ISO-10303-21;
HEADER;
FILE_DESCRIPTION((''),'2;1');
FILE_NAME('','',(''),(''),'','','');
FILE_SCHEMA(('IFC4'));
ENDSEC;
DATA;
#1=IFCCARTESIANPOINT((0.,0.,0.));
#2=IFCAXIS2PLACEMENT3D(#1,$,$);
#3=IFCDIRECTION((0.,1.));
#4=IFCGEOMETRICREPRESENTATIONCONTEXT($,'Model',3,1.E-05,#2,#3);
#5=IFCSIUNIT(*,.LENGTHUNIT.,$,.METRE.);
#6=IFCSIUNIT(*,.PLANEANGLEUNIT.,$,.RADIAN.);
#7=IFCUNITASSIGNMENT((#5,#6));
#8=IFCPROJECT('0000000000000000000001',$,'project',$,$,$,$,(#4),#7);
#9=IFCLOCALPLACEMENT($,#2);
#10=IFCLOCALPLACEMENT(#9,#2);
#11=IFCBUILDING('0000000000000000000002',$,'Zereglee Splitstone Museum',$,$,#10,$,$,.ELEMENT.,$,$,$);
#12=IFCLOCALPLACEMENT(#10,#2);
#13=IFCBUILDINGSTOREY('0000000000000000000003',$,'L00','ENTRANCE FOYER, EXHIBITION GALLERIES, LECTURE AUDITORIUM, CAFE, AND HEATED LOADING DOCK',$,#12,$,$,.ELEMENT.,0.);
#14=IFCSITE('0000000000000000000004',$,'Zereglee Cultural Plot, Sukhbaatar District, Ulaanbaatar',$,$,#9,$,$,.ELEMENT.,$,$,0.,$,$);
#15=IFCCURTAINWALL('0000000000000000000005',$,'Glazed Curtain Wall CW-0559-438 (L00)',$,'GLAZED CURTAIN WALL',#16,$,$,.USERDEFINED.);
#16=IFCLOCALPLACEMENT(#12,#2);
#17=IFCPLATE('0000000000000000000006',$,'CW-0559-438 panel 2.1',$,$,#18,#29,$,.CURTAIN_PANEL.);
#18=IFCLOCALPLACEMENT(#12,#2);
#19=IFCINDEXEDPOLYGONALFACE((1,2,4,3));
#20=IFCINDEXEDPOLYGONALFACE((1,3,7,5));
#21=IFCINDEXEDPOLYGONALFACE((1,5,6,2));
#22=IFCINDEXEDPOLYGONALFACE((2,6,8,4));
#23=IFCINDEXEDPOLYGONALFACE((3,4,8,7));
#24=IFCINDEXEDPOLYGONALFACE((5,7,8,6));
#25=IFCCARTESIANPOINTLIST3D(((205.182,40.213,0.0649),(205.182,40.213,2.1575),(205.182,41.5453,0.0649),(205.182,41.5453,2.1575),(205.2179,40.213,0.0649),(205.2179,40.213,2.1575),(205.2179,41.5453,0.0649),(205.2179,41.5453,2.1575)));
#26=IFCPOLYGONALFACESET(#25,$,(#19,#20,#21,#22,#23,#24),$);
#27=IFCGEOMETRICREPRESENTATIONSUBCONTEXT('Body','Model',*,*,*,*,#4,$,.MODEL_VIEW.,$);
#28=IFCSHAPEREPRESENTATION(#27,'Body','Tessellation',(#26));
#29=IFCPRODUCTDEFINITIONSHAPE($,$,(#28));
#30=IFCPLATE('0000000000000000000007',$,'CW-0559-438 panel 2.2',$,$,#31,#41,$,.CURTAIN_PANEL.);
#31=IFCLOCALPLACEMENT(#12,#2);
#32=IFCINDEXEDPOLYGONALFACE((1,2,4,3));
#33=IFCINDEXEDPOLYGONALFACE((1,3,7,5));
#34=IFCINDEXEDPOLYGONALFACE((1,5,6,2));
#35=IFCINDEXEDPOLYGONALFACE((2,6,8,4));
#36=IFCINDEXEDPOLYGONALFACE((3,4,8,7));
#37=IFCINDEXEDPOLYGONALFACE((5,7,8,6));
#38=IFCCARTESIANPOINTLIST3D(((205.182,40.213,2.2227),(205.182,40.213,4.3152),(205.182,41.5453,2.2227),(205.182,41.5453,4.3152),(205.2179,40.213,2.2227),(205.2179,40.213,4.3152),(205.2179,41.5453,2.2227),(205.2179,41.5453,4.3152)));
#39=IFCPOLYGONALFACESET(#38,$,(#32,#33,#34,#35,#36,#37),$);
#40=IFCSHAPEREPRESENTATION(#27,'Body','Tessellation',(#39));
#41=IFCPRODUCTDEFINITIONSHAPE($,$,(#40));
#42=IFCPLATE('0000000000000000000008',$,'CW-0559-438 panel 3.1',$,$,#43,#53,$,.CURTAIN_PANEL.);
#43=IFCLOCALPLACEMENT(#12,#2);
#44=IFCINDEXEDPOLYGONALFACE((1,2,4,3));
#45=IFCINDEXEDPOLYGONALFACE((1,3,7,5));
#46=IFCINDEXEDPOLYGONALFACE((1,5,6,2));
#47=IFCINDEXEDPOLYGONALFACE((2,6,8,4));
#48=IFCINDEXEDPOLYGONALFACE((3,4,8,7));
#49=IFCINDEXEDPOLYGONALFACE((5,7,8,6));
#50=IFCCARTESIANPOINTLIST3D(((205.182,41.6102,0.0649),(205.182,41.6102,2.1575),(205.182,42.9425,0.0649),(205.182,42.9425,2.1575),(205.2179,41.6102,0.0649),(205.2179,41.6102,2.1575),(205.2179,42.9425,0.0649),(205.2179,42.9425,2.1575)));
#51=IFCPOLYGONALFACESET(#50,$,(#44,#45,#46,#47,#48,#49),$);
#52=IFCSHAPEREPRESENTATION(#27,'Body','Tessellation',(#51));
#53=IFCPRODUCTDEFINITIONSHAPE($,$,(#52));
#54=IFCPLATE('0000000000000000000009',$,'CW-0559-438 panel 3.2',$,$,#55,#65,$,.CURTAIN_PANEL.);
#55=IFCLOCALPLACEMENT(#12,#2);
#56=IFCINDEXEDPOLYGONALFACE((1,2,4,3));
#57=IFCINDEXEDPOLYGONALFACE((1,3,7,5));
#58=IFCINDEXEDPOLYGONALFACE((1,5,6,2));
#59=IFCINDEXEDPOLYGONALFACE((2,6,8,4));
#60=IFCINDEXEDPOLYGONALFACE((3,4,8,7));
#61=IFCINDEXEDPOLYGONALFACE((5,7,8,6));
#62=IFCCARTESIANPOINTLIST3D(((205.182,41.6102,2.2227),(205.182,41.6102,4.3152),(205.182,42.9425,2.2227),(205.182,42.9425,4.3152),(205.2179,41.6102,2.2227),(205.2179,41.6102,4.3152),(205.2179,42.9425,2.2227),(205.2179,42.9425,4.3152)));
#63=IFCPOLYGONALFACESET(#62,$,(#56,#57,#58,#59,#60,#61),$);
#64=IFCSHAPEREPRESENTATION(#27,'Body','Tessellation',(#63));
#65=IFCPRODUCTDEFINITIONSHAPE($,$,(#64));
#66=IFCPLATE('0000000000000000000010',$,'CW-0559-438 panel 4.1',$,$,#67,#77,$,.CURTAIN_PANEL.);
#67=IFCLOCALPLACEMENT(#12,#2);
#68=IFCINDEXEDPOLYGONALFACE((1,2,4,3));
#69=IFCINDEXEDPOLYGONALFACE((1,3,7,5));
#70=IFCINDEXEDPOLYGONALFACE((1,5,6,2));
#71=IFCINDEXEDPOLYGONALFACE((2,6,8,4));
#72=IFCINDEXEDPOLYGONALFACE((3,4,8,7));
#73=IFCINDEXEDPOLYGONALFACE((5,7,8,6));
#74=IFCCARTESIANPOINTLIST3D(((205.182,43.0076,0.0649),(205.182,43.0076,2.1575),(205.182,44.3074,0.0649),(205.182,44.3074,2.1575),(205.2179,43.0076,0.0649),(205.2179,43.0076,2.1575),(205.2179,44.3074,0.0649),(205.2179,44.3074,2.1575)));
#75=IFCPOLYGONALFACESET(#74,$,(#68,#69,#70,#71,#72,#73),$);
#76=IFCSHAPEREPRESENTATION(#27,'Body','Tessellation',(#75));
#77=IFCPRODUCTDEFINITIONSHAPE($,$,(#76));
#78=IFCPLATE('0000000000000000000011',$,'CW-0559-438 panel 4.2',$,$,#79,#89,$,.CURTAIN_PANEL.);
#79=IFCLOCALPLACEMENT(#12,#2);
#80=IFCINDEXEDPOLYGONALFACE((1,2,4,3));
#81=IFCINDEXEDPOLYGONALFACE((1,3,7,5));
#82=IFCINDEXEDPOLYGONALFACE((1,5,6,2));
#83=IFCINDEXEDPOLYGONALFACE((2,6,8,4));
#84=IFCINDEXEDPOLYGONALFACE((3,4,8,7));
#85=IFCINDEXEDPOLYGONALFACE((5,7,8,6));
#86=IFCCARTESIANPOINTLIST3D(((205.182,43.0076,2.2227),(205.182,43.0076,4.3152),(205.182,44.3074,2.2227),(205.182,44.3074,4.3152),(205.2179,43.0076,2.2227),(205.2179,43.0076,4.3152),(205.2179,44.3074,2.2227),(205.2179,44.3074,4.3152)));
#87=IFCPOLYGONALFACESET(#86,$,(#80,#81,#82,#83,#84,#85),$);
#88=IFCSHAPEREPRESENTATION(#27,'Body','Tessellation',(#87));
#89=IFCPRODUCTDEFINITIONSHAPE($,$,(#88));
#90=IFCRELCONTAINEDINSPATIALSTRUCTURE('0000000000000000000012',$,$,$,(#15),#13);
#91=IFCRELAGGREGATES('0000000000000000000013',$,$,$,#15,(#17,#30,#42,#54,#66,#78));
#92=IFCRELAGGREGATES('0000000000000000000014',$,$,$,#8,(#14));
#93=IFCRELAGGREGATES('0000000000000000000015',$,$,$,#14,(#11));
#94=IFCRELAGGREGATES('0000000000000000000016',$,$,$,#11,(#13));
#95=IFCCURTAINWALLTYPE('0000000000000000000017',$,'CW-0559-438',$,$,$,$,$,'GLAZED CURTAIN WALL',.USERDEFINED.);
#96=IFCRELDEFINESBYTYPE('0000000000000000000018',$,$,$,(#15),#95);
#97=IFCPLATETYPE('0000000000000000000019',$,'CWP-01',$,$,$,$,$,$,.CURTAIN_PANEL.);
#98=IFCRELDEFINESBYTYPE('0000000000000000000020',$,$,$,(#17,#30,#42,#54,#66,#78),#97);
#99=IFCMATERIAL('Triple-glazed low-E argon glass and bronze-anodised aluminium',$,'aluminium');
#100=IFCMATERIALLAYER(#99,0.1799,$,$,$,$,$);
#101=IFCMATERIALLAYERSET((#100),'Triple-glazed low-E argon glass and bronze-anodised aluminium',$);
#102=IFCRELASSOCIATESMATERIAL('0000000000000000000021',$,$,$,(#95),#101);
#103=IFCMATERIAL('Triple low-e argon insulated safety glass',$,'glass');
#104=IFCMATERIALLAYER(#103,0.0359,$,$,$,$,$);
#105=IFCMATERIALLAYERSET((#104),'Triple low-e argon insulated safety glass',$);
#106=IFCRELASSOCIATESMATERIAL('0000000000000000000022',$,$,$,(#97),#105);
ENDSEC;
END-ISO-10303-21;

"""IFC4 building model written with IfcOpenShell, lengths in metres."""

from ifc_helpers import new_model, si_unit, direction, frame, origin, origin_2d, place, context, subcontext, project, spatial, rectangle, extrude, material, layer, layer_set, type_object, element, aggregate, save


model = new_model("IFC4")

# Units and contexts
model_context = context("Model", 3, precision=1e-05, world=origin(), true_north=direction((0.0, 1.0)))
body_context = subcontext(model_context, "Body", "Model", "MODEL_VIEW")
ifc_project = project(units=[si_unit("LENGTHUNIT", "METRE"), si_unit("PLANEANGLEUNIT", "RADIAN")], contexts=[model_context])

# Site, building, storey
site_placement = place(None, origin())
site = spatial("IfcSite", under=ifc_project, at=site_placement, Name="Zereglee Cultural Plot, Sukhbaatar District, Ulaanbaatar", CompositionType="ELEMENT", RefElevation=0.0)
building_placement = place(site_placement, origin())
building = spatial("IfcBuilding", under=site, at=building_placement, Name="Zereglee Splitstone Museum", CompositionType="ELEMENT")
storey_placement = place(building_placement, origin())
storey = spatial("IfcBuildingStorey", under=building, at=storey_placement, Name="L00", Description="ENTRANCE FOYER, EXHIBITION GALLERIES, LECTURE AUDITORIUM, CAFE, AND HEATED LOADING DOCK", CompositionType="ELEMENT", Elevation=0.0)

# Curtain wall
ifc_material_1 = material(Name="Triple-glazed low-E argon glass and bronze-anodised aluminium", Category="aluminium")
ifc_layer_1 = layer(ifc_material_1, 0.1799)
ifc_layer_set_1 = layer_set([ifc_layer_1], Name="Triple-glazed low-E argon glass and bronze-anodised aluminium")
curtain_wall_type_1 = type_object("IfcCurtainWallType", Name="CW-0559-438", ElementType="GLAZED CURTAIN WALL", PredefinedType="USERDEFINED", material=ifc_layer_set_1)
curtain_wall_1_placement = place(storey_placement, origin())
curtain_wall_1 = element("IfcCurtainWall", 1, at=curtain_wall_1_placement, inside=storey, type_object=curtain_wall_type_1, Name="Glazed Curtain Wall CW-0559-438 (L00)", ObjectType="GLAZED CURTAIN WALL", PredefinedType="USERDEFINED")

# Plates
ifc_material_2 = material(Name="Triple low-e argon insulated safety glass", Category="glass")
ifc_layer_2 = layer(ifc_material_2, 0.0359)
ifc_layer_set_2 = layer_set([ifc_layer_2], Name="Triple low-e argon insulated safety glass")
plate_type = type_object("IfcPlateType", Name="CWP-01", PredefinedType="CURTAIN_PANEL", material=ifc_layer_set_2)
plate_1_placement = place(storey_placement, frame((205.2, 40.8792, 0.0649), z_axis=(0.0, 0.0, 1.0), x_axis=(0.0, 1.0, 0.0)))
plate_1 = element("IfcPlate", 2, at=plate_1_placement, type_object=plate_type, Name="CW-0559-438 panel 2.1", PredefinedType="CURTAIN_PANEL", context=body_context, shape_type="SweptSolid", body=[
    extrude(rectangle(XDim=1.3323, YDim=0.0359, at=origin_2d()), origin(), (0.0, 0.0, 1.0), 2.0925),
])
plate_2_placement = place(storey_placement, frame((205.2, 40.8792, 2.2227), z_axis=(0.0, 0.0, 1.0), x_axis=(0.0, 1.0, 0.0)))
plate_2 = element("IfcPlate", 3, at=plate_2_placement, type_object=plate_type, Name="CW-0559-438 panel 2.2", PredefinedType="CURTAIN_PANEL", context=body_context, shape_type="SweptSolid", body=[
    extrude(rectangle(XDim=1.3323, YDim=0.0359, at=origin_2d()), origin(), (0.0, 0.0, 1.0), 2.0925),
])
plate_3_placement = place(storey_placement, frame((205.2, 42.2764, 0.0649), z_axis=(0.0, 0.0, 1.0), x_axis=(0.0, 1.0, 0.0)))
plate_3 = element("IfcPlate", 4, at=plate_3_placement, type_object=plate_type, Name="CW-0559-438 panel 3.1", PredefinedType="CURTAIN_PANEL", context=body_context, shape_type="SweptSolid", body=[
    extrude(rectangle(XDim=1.3323, YDim=0.0359, at=origin_2d()), origin(), (0.0, 0.0, 1.0), 2.0925),
])
plate_4_placement = place(storey_placement, frame((205.2, 42.2764, 2.2227), z_axis=(0.0, 0.0, 1.0), x_axis=(0.0, 1.0, 0.0)))
plate_4 = element("IfcPlate", 5, at=plate_4_placement, type_object=plate_type, Name="CW-0559-438 panel 3.2", PredefinedType="CURTAIN_PANEL", context=body_context, shape_type="SweptSolid", body=[
    extrude(rectangle(XDim=1.3323, YDim=0.0359, at=origin_2d()), origin(), (0.0, 0.0, 1.0), 2.0925),
])
plate_5_placement = place(storey_placement, frame((205.2, 43.6575, 0.0649), z_axis=(0.0, 0.0, 1.0), x_axis=(0.0, 1.0, 0.0)))
plate_5 = element("IfcPlate", 6, at=plate_5_placement, type_object=plate_type, Name="CW-0559-438 panel 4.1", PredefinedType="CURTAIN_PANEL", context=body_context, shape_type="SweptSolid", body=[
    extrude(rectangle(XDim=1.2998, YDim=0.0359, at=origin_2d()), origin(), (0.0, 0.0, 1.0), 2.0925),
])
plate_6_placement = place(storey_placement, frame((205.2, 43.6575, 2.2227), z_axis=(0.0, 0.0, 1.0), x_axis=(0.0, 1.0, 0.0)))
plate_6 = element("IfcPlate", 7, at=plate_6_placement, type_object=plate_type, Name="CW-0559-438 panel 4.2", PredefinedType="CURTAIN_PANEL", context=body_context, shape_type="SweptSolid", body=[
    extrude(rectangle(XDim=1.2998, YDim=0.0359, at=origin_2d()), origin(), (0.0, 0.0, 1.0), 2.0925),
])
aggregate(curtain_wall_1, [plate_1, plate_2, plate_3, plate_4, plate_5, plate_6])

save(model, "model.ifc")
